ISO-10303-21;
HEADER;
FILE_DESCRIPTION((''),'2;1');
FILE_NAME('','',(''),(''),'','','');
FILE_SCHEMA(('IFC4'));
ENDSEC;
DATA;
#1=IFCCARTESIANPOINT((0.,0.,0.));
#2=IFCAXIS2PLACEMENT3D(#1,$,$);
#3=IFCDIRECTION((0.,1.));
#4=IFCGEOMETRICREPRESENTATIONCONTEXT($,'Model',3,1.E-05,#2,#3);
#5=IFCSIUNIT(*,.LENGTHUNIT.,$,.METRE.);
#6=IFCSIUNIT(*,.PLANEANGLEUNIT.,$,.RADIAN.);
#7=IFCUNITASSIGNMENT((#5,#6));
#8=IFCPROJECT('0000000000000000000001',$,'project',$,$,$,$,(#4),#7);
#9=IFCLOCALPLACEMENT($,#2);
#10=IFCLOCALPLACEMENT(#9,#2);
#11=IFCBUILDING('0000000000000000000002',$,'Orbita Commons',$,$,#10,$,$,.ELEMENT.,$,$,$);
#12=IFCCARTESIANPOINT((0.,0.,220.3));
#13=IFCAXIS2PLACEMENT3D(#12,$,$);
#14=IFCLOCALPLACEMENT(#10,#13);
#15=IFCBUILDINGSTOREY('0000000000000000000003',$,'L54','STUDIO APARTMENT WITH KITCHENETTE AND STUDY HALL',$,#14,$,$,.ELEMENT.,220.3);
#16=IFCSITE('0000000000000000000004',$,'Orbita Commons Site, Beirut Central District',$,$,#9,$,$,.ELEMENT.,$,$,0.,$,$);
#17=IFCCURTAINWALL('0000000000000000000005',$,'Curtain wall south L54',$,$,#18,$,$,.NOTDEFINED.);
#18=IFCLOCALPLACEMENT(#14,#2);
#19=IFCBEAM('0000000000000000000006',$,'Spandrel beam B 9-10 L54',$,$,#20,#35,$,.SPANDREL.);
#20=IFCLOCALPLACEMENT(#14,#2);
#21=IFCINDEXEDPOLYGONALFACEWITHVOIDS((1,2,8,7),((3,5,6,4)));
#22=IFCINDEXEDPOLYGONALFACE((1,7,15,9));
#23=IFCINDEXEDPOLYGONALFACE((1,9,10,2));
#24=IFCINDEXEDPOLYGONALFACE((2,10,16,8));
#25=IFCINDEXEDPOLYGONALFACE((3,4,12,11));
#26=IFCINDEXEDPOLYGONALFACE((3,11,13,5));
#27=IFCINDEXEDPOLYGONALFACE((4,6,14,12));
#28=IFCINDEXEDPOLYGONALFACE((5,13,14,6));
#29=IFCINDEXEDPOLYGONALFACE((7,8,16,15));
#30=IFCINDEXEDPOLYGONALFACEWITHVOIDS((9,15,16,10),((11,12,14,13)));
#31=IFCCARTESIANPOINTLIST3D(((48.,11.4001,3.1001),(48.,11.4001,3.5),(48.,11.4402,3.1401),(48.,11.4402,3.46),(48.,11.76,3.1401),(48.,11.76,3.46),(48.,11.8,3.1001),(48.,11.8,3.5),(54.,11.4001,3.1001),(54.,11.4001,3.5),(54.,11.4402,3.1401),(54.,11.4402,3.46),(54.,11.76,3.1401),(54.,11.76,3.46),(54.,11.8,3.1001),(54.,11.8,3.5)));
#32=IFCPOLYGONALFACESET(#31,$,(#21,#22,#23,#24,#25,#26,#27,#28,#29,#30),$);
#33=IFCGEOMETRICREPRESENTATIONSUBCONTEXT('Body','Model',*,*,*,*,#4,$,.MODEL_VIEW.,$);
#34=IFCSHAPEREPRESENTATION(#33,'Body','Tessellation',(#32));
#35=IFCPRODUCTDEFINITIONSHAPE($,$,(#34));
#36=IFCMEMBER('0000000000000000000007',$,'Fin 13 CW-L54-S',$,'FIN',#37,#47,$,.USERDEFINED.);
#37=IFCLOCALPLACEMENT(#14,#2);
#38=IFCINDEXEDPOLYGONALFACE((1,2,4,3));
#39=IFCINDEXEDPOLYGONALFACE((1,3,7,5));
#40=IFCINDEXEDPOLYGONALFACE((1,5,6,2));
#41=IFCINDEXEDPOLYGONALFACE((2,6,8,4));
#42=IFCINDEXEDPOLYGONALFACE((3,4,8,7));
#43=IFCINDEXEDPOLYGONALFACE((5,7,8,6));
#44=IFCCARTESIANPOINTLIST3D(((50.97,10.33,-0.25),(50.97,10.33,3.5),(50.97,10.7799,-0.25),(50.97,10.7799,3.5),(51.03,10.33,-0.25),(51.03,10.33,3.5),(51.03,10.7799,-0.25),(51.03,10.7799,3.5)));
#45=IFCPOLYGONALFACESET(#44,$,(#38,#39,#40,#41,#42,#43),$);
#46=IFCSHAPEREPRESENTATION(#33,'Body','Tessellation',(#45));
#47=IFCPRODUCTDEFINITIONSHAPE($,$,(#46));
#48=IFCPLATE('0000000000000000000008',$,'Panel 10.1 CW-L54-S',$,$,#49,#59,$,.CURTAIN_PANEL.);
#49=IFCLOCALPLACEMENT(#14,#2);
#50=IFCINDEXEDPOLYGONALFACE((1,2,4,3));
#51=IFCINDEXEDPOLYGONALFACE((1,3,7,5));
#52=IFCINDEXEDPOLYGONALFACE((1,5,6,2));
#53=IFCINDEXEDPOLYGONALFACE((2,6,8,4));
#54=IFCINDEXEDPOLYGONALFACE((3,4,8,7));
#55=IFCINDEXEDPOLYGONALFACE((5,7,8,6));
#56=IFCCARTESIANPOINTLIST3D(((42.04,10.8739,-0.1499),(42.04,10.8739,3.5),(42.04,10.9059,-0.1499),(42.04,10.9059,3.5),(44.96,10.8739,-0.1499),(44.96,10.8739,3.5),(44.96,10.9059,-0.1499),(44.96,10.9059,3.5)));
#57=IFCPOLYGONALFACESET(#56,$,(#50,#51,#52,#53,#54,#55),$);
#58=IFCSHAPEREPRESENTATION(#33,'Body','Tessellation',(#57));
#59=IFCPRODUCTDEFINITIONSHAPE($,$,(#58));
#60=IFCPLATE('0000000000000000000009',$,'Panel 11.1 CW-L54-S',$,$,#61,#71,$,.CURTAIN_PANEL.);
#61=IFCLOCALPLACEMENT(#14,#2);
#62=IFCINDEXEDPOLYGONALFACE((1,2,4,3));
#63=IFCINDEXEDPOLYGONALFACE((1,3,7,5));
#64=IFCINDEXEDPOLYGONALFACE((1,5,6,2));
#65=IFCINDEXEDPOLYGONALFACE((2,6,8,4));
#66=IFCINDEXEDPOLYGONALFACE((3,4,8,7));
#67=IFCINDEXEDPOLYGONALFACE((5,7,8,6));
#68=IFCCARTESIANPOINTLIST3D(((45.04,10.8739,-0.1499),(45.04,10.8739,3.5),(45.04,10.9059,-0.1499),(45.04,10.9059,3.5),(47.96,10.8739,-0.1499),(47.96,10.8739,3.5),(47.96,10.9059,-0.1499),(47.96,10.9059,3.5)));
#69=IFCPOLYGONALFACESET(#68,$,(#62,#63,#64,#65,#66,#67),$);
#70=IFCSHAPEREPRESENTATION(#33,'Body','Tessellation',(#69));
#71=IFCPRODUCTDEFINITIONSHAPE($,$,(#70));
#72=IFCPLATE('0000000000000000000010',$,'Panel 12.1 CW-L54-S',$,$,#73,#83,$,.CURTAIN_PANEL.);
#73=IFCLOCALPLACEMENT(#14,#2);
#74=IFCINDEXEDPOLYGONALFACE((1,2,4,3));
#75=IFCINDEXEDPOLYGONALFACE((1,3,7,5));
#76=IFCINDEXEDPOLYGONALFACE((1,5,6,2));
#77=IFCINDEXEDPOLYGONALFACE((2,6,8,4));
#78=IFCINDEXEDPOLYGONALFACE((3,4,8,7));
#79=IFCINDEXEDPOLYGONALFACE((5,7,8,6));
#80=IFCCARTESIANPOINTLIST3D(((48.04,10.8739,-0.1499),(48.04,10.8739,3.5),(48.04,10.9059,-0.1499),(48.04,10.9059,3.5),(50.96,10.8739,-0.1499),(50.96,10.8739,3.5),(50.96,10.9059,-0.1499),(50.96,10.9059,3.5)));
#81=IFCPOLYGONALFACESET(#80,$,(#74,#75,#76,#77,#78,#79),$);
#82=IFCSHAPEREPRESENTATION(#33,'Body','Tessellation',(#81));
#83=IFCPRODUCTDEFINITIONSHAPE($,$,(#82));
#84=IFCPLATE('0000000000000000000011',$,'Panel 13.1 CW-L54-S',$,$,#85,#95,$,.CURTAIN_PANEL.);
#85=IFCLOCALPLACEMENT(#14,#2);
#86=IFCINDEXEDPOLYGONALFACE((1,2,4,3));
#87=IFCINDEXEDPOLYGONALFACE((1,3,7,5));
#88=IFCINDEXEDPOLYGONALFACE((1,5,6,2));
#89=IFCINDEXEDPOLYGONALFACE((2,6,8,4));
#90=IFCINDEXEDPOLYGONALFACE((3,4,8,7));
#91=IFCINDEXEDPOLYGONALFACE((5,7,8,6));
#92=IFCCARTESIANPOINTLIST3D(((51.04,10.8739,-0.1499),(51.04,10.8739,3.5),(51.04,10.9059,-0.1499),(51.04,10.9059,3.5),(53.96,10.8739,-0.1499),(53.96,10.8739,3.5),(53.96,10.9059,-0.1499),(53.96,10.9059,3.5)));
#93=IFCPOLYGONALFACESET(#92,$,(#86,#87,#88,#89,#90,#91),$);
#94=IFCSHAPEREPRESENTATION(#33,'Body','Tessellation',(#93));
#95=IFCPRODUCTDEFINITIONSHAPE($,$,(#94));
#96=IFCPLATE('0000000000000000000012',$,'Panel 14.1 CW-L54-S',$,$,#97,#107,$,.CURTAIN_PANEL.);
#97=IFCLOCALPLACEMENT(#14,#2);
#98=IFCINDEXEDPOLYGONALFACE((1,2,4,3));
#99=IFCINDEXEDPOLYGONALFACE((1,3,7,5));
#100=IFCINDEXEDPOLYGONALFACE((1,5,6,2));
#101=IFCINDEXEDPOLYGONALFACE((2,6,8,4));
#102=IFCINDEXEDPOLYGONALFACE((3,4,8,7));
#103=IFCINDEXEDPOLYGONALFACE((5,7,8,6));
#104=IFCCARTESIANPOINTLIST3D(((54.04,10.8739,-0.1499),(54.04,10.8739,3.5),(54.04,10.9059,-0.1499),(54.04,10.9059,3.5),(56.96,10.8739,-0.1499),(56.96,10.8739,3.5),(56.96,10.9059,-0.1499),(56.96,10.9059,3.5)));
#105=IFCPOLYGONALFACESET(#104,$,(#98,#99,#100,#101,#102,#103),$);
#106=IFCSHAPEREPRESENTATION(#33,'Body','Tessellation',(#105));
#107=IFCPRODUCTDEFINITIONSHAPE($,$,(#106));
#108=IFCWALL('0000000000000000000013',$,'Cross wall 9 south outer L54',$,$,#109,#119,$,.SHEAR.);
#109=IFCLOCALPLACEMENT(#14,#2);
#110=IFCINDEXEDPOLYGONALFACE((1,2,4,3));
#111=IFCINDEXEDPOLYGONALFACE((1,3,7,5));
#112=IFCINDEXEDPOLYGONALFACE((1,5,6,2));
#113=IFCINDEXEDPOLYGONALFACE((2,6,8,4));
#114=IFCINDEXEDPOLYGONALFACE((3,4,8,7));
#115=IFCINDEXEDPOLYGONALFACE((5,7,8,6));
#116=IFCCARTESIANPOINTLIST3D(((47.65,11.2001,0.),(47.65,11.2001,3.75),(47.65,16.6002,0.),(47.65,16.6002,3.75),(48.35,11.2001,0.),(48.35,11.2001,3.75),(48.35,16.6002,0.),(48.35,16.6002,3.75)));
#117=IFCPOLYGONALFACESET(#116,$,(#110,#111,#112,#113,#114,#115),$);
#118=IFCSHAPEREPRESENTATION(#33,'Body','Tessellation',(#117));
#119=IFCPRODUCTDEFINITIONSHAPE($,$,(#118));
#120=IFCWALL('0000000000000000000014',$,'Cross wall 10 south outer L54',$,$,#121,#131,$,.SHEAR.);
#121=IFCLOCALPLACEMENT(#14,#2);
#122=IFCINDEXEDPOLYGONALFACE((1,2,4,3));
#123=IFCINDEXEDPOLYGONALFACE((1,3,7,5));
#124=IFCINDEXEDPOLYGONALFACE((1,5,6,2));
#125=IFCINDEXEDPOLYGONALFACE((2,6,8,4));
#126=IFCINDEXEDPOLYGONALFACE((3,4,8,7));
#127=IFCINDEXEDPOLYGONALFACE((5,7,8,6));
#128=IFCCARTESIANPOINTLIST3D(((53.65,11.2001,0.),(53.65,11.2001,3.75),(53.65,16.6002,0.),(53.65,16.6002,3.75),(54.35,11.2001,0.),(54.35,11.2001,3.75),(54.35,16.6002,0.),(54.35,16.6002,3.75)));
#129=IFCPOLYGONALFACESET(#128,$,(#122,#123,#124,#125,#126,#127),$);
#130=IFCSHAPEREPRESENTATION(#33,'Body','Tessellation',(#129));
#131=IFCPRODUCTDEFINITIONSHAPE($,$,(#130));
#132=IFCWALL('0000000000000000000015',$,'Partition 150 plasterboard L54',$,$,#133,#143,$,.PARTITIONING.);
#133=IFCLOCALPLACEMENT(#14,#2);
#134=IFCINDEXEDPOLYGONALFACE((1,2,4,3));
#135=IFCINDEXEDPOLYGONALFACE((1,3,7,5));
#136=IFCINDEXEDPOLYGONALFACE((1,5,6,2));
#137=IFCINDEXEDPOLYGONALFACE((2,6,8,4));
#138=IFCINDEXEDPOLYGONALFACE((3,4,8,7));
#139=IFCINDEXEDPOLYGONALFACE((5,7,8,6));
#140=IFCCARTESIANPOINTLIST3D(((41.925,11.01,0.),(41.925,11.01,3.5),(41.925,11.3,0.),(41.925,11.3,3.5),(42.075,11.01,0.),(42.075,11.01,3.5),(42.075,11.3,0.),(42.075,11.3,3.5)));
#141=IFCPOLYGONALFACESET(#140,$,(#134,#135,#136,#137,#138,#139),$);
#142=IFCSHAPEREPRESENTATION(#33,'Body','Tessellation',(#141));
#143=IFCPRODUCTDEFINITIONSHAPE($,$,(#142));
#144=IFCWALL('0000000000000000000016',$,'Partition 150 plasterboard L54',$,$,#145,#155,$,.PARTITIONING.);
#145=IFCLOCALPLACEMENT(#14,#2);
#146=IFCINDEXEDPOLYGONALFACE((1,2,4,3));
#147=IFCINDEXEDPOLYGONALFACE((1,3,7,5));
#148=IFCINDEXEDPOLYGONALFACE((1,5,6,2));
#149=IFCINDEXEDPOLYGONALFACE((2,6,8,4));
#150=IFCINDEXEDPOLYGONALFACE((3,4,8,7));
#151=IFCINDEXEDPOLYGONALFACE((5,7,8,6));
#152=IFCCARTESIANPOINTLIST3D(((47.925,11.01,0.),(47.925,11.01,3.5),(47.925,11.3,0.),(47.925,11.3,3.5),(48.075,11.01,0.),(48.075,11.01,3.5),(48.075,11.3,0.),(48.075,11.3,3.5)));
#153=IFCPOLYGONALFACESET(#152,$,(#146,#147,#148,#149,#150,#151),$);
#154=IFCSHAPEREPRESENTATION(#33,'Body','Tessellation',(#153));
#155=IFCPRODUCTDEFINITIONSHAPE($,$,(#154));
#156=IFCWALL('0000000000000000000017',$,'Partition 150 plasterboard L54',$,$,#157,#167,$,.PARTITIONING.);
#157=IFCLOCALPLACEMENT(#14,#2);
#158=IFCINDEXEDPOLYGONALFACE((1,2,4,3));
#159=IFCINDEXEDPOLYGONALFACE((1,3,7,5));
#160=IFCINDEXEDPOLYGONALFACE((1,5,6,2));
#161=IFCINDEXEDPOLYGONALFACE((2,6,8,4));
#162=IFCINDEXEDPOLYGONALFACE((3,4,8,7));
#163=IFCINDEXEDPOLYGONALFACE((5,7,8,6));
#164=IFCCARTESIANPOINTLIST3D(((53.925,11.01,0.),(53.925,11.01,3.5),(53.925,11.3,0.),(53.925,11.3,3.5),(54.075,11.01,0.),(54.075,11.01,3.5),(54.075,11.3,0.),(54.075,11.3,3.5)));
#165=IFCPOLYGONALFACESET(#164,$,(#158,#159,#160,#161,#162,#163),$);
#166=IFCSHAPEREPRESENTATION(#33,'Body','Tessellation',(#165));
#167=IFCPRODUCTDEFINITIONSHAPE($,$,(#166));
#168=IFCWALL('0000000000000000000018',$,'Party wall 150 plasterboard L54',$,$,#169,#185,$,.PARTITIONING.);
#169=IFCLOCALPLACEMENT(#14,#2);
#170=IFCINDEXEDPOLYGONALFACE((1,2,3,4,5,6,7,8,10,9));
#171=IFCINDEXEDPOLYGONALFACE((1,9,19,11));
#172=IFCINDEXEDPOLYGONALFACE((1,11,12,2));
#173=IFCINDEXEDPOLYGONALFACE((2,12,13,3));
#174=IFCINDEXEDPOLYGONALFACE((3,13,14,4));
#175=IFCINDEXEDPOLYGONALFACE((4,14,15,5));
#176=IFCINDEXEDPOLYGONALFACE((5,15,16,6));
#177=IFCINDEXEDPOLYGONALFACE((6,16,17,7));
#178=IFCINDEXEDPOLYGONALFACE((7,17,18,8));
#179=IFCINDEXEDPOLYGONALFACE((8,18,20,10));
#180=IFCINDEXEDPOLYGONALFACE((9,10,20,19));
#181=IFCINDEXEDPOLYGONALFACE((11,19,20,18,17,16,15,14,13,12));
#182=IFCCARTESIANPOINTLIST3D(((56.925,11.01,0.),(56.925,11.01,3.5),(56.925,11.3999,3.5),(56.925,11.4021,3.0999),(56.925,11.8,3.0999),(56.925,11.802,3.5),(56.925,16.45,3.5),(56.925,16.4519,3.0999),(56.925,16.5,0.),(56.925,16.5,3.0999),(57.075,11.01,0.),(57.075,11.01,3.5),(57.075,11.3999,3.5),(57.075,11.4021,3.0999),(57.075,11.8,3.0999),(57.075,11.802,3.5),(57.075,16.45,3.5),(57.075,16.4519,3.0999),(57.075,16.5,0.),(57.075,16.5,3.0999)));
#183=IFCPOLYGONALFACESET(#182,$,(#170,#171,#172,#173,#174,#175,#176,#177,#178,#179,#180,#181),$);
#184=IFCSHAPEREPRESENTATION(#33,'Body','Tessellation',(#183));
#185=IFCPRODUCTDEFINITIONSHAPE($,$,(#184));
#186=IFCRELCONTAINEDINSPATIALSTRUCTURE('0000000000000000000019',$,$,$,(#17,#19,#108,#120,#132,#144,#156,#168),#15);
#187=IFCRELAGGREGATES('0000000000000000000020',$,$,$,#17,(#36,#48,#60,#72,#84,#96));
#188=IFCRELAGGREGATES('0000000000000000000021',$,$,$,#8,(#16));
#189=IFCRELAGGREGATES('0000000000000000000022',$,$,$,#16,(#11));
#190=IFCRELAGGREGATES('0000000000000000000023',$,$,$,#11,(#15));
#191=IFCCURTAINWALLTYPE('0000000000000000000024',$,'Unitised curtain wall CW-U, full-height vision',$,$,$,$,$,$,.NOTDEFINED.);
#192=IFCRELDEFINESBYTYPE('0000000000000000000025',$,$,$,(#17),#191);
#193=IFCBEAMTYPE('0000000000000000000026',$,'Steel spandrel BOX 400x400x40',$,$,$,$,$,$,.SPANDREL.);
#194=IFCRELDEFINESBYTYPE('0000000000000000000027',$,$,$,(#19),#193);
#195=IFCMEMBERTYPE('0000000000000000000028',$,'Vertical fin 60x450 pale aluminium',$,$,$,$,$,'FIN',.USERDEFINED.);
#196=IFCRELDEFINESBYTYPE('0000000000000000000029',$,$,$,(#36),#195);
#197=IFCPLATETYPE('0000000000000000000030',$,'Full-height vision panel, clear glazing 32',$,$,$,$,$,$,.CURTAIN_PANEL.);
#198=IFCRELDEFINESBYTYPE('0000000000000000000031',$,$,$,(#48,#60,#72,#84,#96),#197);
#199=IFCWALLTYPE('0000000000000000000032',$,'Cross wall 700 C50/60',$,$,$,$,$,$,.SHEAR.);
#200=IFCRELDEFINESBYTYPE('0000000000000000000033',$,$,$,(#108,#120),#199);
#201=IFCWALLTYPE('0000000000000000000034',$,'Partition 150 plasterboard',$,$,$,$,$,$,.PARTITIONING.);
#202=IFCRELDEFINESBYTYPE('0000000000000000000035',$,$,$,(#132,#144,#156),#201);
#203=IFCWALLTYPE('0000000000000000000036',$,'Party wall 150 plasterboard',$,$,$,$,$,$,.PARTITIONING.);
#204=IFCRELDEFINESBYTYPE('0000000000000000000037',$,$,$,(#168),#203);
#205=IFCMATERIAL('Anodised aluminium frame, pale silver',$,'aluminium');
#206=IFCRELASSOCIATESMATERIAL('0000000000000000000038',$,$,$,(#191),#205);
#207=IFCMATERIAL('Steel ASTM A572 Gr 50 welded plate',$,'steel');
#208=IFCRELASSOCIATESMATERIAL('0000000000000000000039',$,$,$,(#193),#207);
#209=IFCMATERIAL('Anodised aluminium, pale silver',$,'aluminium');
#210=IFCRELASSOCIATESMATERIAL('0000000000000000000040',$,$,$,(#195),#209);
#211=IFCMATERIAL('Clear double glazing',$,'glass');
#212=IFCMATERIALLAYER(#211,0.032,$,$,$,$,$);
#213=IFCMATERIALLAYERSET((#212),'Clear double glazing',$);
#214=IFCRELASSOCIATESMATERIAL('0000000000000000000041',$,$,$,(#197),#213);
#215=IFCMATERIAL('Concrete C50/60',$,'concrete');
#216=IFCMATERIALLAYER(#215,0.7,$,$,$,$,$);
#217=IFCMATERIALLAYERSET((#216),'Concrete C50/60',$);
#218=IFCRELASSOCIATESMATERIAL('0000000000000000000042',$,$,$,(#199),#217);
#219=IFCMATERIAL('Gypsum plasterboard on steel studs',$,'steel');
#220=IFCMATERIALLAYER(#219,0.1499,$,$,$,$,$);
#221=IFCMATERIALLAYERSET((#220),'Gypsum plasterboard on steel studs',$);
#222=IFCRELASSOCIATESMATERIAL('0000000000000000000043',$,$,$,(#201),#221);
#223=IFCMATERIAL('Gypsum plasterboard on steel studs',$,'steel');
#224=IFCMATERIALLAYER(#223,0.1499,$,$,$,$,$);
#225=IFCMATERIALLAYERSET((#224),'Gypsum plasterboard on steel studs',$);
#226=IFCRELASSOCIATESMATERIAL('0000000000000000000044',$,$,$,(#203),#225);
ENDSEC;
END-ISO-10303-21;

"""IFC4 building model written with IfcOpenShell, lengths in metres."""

from ifc_helpers import new_model, si_unit, direction, frame, frame_2d, origin, origin_2d, place, context, subcontext, project, spatial, polyline, rectangle, hollow_rectangle, outline, extrude, material, layer, layer_set, material_profile, profile_set, type_object, element, aggregate, save


model = new_model("IFC4")

# Units and contexts
model_context = context("Model", 3, precision=1e-05, world=origin(), true_north=direction((0.0, 1.0)))
body_context = subcontext(model_context, "Body", "Model", "MODEL_VIEW")
ifc_project = project(units=[si_unit("LENGTHUNIT", "METRE"), si_unit("PLANEANGLEUNIT", "RADIAN")], contexts=[model_context])

# Site, building, storey
site_placement = place(None, origin())
site = spatial("IfcSite", under=ifc_project, at=site_placement, Name="Orbita Commons Site, Beirut Central District", CompositionType="ELEMENT", RefElevation=0.0)
building_placement = place(site_placement, origin())
building = spatial("IfcBuilding", under=site, at=building_placement, Name="Orbita Commons", CompositionType="ELEMENT")
storey_placement = place(building_placement, frame((0.0, 0.0, 220.3)))
storey = spatial("IfcBuildingStorey", under=building, at=storey_placement, Name="L54", Description="STUDIO APARTMENT WITH KITCHENETTE AND STUDY HALL", CompositionType="ELEMENT", Elevation=220.3)

# Curtain wall
ifc_material_1 = material(Name="Anodised aluminium frame, pale silver", Category="aluminium")
curtain_wall_type = type_object("IfcCurtainWallType", Name="Unitised curtain wall CW-U, full-height vision", PredefinedType="NOTDEFINED", material=ifc_material_1)
curtain_wall_placement = place(storey_placement, origin())
curtain_wall = element("IfcCurtainWall", 1, at=curtain_wall_placement, inside=storey, type_object=curtain_wall_type, Name="Curtain wall south L54", PredefinedType="NOTDEFINED")

# Beam
ifc_material_2 = material(Name="Steel ASTM A572 Gr 50 welded plate", Category="steel")
ifc_material_profile_1 = material_profile(ifc_material_2, hollow_rectangle(XDim=0.3999, YDim=0.3999, WallThickness=0.04, at=origin_2d()), Name="BOX 400x400x40")
ifc_profile_set_1 = profile_set([ifc_material_profile_1], Name="Steel ASTM A572 Gr 50 welded plate")
beam_type = type_object("IfcBeamType", Name="Steel spandrel BOX 400x400x40", PredefinedType="SPANDREL", material=ifc_profile_set_1)
for number, where, z_axis, x_axis, name in (
    (2, (48.0, 11.6001, 3.3), (1.0, 0.0, 0.0), (0.0, 1.0, 0.0), "Spandrel beam B 9-10 L54"),
):
    element("IfcBeam", number, at=place(storey_placement, frame(where, z_axis=z_axis, x_axis=x_axis)), inside=storey, type_object=beam_type, Name=name, PredefinedType="SPANDREL", context=body_context, shape_type="SweptSolid", body=[
        extrude(hollow_rectangle(XDim=0.3999, YDim=0.3999, WallThickness=0.04, at=origin_2d()), origin(), (0.0, 0.0, 1.0), 6.0),
    ])

# Member
ifc_material_3 = material(Name="Anodised aluminium, pale silver", Category="aluminium")
ifc_material_profile_2 = material_profile(ifc_material_3, rectangle(XDim=0.0601, YDim=0.45, at=origin_2d()), Name="FIN 60x450")
ifc_profile_set_2 = profile_set([ifc_material_profile_2], Name="Anodised aluminium, pale silver")
member_type_1 = type_object("IfcMemberType", Name="Vertical fin 60x450 pale aluminium", ElementType="FIN", PredefinedType="USERDEFINED", material=ifc_profile_set_2)
member_1_placement = place(storey_placement, frame((51.0, 10.5549, -0.25), z_axis=(0.0, 0.0, 1.0), x_axis=(1.0, 0.0, 0.0)))
member_1 = element("IfcMember", 3, at=member_1_placement, type_object=member_type_1, Name="Fin 13 CW-L54-S", ObjectType="FIN", PredefinedType="USERDEFINED", context=body_context, shape_type="SweptSolid", body=[
    extrude(rectangle(XDim=0.0601, YDim=0.45, at=origin_2d()), origin(), (0.0, 0.0, 1.0), 3.75),
])

# Plates
ifc_material_4 = material(Name="Clear double glazing", Category="glass")
ifc_layer_1 = layer(ifc_material_4, 0.032)
ifc_layer_set_1 = layer_set([ifc_layer_1], Name="Clear double glazing")
plate_type = type_object("IfcPlateType", Name="Full-height vision panel, clear glazing 32", PredefinedType="CURTAIN_PANEL", material=ifc_layer_set_1)
plate_1_placement = place(storey_placement, frame((43.5, 10.8899, -0.1499), z_axis=(0.0, 0.0, 1.0), x_axis=(1.0, 0.0, 0.0)))
plate_1 = element("IfcPlate", 4, at=plate_1_placement, type_object=plate_type, Name="Panel 10.1 CW-L54-S", PredefinedType="CURTAIN_PANEL", context=body_context, shape_type="SweptSolid", body=[
    extrude(rectangle(XDim=2.9199, YDim=0.032, at=origin_2d()), origin(), (0.0, 0.0, 1.0), 3.6499),
])
plate_2_placement = place(storey_placement, frame((46.5, 10.8899, -0.1499), z_axis=(0.0, 0.0, 1.0), x_axis=(1.0, 0.0, 0.0)))
plate_2 = element("IfcPlate", 5, at=plate_2_placement, type_object=plate_type, Name="Panel 11.1 CW-L54-S", PredefinedType="CURTAIN_PANEL", context=body_context, shape_type="SweptSolid", body=[
    extrude(rectangle(XDim=2.9199, YDim=0.032, at=origin_2d()), origin(), (0.0, 0.0, 1.0), 3.6499),
])
plate_3_placement = place(storey_placement, frame((49.5, 10.8899, -0.1499), z_axis=(0.0, 0.0, 1.0), x_axis=(1.0, 0.0, 0.0)))
plate_3 = element("IfcPlate", 6, at=plate_3_placement, type_object=plate_type, Name="Panel 12.1 CW-L54-S", PredefinedType="CURTAIN_PANEL", context=body_context, shape_type="SweptSolid", body=[
    extrude(rectangle(XDim=2.9199, YDim=0.032, at=origin_2d()), origin(), (0.0, 0.0, 1.0), 3.6499),
])
plate_4_placement = place(storey_placement, frame((52.5, 10.8899, -0.1499), z_axis=(0.0, 0.0, 1.0), x_axis=(1.0, 0.0, 0.0)))
plate_4 = element("IfcPlate", 7, at=plate_4_placement, type_object=plate_type, Name="Panel 13.1 CW-L54-S", PredefinedType="CURTAIN_PANEL", context=body_context, shape_type="SweptSolid", body=[
    extrude(rectangle(XDim=2.9199, YDim=0.032, at=origin_2d()), origin(), (0.0, 0.0, 1.0), 3.6499),
])
plate_5_placement = place(storey_placement, frame((55.5, 10.8899, -0.1499), z_axis=(0.0, 0.0, 1.0), x_axis=(1.0, 0.0, 0.0)))
plate_5 = element("IfcPlate", 8, at=plate_5_placement, type_object=plate_type, Name="Panel 14.1 CW-L54-S", PredefinedType="CURTAIN_PANEL", context=body_context, shape_type="SweptSolid", body=[
    extrude(rectangle(XDim=2.9199, YDim=0.032, at=origin_2d()), origin(), (0.0, 0.0, 1.0), 3.6499),
])
aggregate(curtain_wall, [member_1, plate_1, plate_2, plate_3, plate_4, plate_5])

# Walls
ifc_material_5 = material(Name="Concrete C50/60", Category="concrete")
ifc_layer_2 = layer(ifc_material_5, 0.7)
ifc_layer_set_2 = layer_set([ifc_layer_2], Name="Concrete C50/60")
wall_type_1 = type_object("IfcWallType", Name="Cross wall 700 C50/60", PredefinedType="SHEAR", material=ifc_layer_set_2)
for number, where, z_axis, x_axis, name in (
    (9, (48.0, 11.2, 0.0), (0.0, 0.0, 1.0), (0.0, 1.0, 0.0), "Cross wall 9 south outer L54"),
    (10, (54.0, 11.2, 0.0), (0.0, 0.0, 1.0), (0.0, 1.0, 0.0), "Cross wall 10 south outer L54"),
):
    element("IfcWall", number, at=place(storey_placement, frame(where, z_axis=z_axis, x_axis=x_axis)), inside=storey, type_object=wall_type_1, Name=name, PredefinedType="SHEAR", context=body_context, shape_type="SweptSolid", body=[
        extrude(rectangle(XDim=5.4001, YDim=0.7, at=frame_2d((2.7002, 0.0))), origin(), (0.0, 0.0, 1.0), 3.75),
    ])
ifc_material_6 = material(Name="Gypsum plasterboard on steel studs", Category="steel")
ifc_layer_3 = layer(ifc_material_6, 0.1499)
ifc_layer_set_3 = layer_set([ifc_layer_3], Name="Gypsum plasterboard on steel studs")
wall_type_2 = type_object("IfcWallType", Name="Partition 150 plasterboard", PredefinedType="PARTITIONING", material=ifc_layer_set_3)
for number, where, z_axis, x_axis, name in (
    (11, (42.0, 11.3, 0.0), (0.0, 0.0, 1.0), (0.0, -1.0, 0.0), "Partition 150 plasterboard L54"),
    (12, (48.0, 11.3, 0.0), (0.0, 0.0, 1.0), (0.0, -1.0, 0.0), "Partition 150 plasterboard L54"),
    (13, (54.0, 11.3, 0.0), (0.0, 0.0, 1.0), (0.0, -1.0, 0.0), "Partition 150 plasterboard L54"),
):
    element("IfcWall", number, at=place(storey_placement, frame(where, z_axis=z_axis, x_axis=x_axis)), inside=storey, type_object=wall_type_2, Name=name, PredefinedType="PARTITIONING", context=body_context, shape_type="SweptSolid", body=[
        extrude(rectangle(XDim=0.29, YDim=0.1499, at=frame_2d((0.145, 0.0))), origin(), (0.0, 0.0, 1.0), 3.5),
    ])
ifc_material_7 = material(Name="Gypsum plasterboard on steel studs", Category="steel")
ifc_layer_4 = layer(ifc_material_7, 0.1499)
ifc_layer_set_4 = layer_set([ifc_layer_4], Name="Gypsum plasterboard on steel studs")
wall_type_3 = type_object("IfcWallType", Name="Party wall 150 plasterboard", PredefinedType="PARTITIONING", material=ifc_layer_set_4)
wall_placement = place(storey_placement, frame((57.0, 11.01, 0.0), z_axis=(0.0, 0.0, 1.0), x_axis=(0.0, 1.0, 0.0)))
element("IfcWall", 14, at=wall_placement, inside=storey, type_object=wall_type_3, Name="Party wall 150 plasterboard L54", PredefinedType="PARTITIONING", context=body_context, shape_type="SweptSolid", body=[
    extrude(outline(polyline([(0.0, 0.0), (5.49, 0.0), (5.49, 3.0999), (5.4419, 3.0999), (5.4399, 3.5), (0.792, 3.5), (0.79, 3.0999), (0.3921, 3.0999), (0.3899, 3.5), (0.0, 3.5), (0.0, 0.0)])), frame((0.0, 0.075, 0.0), z_axis=(0.0, -1.0, 0.0), x_axis=(1.0, 0.0, 0.0)), (0.0, 0.0, 1.0), 0.1499),
])

save(model, "model.ifc")
